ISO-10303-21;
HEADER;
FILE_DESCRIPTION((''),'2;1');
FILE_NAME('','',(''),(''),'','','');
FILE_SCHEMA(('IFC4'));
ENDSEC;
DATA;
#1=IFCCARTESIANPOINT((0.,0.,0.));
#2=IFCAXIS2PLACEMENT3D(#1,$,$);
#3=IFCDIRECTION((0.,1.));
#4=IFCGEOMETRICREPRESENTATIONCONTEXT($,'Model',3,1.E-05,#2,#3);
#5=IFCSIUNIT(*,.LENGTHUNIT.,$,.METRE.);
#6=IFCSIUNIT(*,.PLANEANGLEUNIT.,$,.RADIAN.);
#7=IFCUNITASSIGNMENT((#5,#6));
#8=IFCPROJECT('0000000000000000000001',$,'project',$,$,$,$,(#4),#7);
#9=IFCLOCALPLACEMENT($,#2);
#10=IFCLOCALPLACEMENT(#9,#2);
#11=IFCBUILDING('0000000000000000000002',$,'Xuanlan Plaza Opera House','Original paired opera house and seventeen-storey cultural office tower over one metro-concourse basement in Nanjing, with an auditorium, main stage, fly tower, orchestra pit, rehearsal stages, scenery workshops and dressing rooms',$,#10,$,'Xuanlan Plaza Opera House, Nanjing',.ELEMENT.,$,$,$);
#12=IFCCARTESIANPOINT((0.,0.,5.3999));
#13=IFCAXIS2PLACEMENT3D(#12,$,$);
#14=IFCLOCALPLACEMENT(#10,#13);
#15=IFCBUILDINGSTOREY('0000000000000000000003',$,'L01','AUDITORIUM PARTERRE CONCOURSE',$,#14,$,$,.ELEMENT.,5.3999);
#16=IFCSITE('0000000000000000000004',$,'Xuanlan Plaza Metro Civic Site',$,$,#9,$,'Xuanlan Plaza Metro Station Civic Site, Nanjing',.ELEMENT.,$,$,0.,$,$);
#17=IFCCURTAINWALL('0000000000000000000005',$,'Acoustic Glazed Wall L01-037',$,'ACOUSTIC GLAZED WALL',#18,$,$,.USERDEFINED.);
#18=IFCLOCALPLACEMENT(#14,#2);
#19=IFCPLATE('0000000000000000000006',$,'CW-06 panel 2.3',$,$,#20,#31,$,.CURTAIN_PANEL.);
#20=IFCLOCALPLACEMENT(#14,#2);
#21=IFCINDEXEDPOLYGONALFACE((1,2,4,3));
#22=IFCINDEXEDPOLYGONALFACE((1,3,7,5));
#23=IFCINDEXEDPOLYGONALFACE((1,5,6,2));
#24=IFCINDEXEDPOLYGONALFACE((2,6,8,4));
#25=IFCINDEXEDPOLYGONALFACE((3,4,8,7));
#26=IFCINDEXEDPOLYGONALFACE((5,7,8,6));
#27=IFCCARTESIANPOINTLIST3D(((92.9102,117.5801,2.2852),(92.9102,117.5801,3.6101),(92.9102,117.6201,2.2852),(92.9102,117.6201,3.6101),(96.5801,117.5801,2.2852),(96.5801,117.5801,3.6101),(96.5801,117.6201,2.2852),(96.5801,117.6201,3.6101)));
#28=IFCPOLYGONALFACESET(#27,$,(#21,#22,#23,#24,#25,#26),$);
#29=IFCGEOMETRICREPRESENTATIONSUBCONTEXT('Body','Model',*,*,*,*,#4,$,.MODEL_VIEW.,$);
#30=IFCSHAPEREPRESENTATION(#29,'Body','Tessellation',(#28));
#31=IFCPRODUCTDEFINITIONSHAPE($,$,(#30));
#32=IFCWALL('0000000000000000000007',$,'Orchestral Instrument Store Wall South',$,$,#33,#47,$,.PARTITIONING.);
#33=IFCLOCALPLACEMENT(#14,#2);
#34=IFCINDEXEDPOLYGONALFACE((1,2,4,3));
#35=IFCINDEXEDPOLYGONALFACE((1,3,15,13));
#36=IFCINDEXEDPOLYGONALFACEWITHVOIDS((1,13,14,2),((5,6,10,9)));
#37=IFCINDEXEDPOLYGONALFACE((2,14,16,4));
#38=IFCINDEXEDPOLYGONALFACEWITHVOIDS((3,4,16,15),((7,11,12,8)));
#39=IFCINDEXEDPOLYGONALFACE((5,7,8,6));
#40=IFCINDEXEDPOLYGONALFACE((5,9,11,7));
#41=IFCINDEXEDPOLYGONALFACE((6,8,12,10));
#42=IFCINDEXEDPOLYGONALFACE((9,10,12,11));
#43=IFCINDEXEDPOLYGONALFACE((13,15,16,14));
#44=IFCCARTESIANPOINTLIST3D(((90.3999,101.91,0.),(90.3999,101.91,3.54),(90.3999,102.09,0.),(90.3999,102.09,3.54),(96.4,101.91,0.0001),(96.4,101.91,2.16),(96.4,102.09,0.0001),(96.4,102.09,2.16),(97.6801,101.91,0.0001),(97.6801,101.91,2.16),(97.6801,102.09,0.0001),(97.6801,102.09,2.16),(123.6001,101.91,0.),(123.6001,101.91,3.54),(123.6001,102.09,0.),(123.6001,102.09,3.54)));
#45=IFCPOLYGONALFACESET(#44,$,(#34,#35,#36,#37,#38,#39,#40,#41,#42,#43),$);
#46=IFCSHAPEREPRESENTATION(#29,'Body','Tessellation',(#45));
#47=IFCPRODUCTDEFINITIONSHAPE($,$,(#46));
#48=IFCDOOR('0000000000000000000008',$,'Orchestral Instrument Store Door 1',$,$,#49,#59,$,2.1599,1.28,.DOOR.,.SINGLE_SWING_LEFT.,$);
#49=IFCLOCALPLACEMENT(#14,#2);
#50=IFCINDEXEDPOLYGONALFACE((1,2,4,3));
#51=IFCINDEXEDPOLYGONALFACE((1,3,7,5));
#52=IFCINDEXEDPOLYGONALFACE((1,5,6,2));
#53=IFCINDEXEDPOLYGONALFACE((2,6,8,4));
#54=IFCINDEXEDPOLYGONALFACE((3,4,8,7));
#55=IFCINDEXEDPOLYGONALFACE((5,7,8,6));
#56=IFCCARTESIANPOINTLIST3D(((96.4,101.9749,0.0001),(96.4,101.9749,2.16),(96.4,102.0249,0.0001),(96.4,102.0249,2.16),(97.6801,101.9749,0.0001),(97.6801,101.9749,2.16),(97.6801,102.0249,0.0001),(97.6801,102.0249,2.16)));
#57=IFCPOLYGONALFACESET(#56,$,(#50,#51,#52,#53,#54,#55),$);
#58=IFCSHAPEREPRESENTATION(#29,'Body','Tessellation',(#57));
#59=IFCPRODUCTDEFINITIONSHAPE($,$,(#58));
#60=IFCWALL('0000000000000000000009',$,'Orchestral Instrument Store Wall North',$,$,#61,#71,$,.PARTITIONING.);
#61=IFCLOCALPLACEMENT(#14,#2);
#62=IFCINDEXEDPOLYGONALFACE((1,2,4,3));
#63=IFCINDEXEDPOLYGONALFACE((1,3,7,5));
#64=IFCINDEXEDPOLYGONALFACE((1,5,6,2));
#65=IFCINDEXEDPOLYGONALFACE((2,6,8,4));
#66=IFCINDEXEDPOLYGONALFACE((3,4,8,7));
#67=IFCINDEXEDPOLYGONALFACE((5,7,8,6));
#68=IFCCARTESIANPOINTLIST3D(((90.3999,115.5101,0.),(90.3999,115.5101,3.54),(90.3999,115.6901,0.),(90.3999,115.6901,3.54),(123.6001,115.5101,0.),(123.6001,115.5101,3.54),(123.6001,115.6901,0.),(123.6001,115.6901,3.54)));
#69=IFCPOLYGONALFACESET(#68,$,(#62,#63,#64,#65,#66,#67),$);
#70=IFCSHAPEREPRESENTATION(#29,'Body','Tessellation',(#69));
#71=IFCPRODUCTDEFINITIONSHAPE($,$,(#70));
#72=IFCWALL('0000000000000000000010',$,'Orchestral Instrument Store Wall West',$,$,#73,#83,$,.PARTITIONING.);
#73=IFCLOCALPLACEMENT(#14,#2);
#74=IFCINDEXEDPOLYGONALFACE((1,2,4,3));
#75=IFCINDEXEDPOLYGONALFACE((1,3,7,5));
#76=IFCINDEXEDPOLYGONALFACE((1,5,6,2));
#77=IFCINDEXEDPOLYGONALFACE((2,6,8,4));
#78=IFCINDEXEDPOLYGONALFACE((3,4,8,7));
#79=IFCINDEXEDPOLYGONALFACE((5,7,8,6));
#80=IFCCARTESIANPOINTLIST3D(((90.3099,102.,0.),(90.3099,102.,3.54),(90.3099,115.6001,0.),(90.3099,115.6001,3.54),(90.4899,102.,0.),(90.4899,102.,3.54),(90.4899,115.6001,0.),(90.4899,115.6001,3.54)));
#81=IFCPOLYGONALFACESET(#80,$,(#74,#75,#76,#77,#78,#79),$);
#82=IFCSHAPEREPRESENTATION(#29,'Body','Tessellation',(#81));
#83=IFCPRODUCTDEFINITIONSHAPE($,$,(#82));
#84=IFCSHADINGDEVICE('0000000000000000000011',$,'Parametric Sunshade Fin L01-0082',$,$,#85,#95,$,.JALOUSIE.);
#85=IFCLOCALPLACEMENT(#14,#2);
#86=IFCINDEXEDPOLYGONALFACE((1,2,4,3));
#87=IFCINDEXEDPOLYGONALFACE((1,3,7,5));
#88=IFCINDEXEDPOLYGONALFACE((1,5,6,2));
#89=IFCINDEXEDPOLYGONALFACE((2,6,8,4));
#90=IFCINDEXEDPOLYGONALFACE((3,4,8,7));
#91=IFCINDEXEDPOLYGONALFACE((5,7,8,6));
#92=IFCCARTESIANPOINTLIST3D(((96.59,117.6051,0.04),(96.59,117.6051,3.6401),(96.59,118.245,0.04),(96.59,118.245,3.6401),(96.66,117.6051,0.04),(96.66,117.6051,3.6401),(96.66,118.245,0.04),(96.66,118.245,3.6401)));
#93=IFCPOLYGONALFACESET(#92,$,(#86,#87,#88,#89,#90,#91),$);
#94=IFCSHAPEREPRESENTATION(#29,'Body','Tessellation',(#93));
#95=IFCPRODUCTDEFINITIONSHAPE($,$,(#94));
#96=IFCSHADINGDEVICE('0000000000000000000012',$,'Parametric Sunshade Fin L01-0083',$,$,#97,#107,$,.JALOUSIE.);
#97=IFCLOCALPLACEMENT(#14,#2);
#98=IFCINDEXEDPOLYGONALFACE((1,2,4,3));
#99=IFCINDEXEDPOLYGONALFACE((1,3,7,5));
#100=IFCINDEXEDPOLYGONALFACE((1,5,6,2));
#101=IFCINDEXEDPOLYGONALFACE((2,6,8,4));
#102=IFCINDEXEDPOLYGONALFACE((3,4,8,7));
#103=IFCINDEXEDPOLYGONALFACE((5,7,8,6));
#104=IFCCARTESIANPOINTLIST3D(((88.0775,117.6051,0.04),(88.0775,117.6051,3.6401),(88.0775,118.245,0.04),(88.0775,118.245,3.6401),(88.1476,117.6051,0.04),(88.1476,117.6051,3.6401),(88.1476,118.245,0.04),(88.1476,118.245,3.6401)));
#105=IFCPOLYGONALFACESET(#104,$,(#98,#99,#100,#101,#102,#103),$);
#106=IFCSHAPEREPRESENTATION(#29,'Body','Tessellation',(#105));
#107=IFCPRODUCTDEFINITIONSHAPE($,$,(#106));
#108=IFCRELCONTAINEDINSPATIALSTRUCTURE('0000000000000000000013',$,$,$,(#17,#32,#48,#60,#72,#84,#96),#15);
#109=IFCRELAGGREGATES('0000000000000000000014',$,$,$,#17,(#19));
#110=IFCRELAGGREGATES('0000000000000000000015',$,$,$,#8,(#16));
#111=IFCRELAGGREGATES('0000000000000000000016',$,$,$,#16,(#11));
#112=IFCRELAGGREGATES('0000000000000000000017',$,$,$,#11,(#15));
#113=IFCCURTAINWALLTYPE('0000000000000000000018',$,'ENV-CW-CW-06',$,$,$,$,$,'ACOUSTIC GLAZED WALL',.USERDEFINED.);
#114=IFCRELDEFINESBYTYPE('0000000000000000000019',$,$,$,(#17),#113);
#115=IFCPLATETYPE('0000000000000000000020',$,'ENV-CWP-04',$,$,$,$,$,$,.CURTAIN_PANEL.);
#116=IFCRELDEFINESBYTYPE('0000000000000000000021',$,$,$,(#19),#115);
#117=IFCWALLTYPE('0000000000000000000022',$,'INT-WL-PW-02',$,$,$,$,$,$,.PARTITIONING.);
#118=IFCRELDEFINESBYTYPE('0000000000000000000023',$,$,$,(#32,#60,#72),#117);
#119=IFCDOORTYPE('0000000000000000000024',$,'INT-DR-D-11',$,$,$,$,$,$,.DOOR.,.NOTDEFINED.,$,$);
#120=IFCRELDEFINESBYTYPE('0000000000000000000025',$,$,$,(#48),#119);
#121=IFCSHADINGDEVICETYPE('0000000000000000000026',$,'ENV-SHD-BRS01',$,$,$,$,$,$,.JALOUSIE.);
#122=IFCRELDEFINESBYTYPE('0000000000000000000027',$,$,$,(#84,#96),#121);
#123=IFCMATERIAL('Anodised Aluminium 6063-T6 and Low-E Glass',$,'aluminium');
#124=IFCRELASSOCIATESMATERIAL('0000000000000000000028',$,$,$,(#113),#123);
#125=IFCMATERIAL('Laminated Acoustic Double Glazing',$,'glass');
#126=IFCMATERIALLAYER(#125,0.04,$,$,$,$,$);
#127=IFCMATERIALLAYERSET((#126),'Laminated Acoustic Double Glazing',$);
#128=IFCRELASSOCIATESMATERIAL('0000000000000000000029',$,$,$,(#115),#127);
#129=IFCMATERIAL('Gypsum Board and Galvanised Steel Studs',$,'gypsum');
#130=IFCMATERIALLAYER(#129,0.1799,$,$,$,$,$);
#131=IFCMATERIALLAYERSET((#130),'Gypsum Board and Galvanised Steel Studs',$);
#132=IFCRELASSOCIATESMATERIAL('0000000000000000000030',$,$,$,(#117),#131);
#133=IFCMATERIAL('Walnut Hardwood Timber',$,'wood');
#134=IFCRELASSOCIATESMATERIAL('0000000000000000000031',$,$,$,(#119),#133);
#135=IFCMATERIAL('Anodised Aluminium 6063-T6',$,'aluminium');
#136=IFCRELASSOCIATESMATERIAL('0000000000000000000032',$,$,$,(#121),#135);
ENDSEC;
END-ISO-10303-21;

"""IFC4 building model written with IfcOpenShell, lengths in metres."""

from ifc_helpers import new_model, si_unit, direction, frame, frame_2d, origin, origin_2d, place, context, subcontext, project, spatial, rectangle, extrude, material, layer, layer_set, type_object, element, fill, aggregate, save


model = new_model("IFC4")

# Units and contexts
model_context = context("Model", 3, precision=1e-05, world=origin(), true_north=direction((0.0, 1.0)))
body_context = subcontext(model_context, "Body", "Model", "MODEL_VIEW")
ifc_project = project(units=[si_unit("LENGTHUNIT", "METRE"), si_unit("PLANEANGLEUNIT", "RADIAN")], contexts=[model_context])

# Site, building, storey
site_placement = place(None, origin())
site = spatial("IfcSite", under=ifc_project, at=site_placement, Name="Xuanlan Plaza Metro Civic Site", LongName="Xuanlan Plaza Metro Station Civic Site, Nanjing", CompositionType="ELEMENT", RefElevation=0.0)
building_placement = place(site_placement, origin())
building = spatial("IfcBuilding", under=site, at=building_placement, Name="Xuanlan Plaza Opera House", Description="Original paired opera house and seventeen-storey cultural office tower over one metro-concourse basement in Nanjing, with an auditorium, main stage, fly tower, orchestra pit, rehearsal stages, scenery workshops and dressing rooms", LongName="Xuanlan Plaza Opera House, Nanjing", CompositionType="ELEMENT")
storey_placement = place(building_placement, frame((0.0, 0.0, 5.3999)))
storey = spatial("IfcBuildingStorey", under=building, at=storey_placement, Name="L01", Description="AUDITORIUM PARTERRE CONCOURSE", CompositionType="ELEMENT", Elevation=5.3999)

# Shared definitions
ifc_material_1 = material(Name="Anodised Aluminium 6063-T6 and Low-E Glass", Category="aluminium")
ifc_material_2 = material(Name="Anodised Aluminium 6063-T6", Category="aluminium")

# Curtain wall
curtain_wall_type_1 = type_object("IfcCurtainWallType", Name="ENV-CW-CW-06", ElementType="ACOUSTIC GLAZED WALL", PredefinedType="USERDEFINED", material=ifc_material_1)
curtain_wall_1_placement = place(storey_placement, origin())
curtain_wall_1 = element("IfcCurtainWall", 1, at=curtain_wall_1_placement, inside=storey, type_object=curtain_wall_type_1, Name="Acoustic Glazed Wall L01-037", ObjectType="ACOUSTIC GLAZED WALL", PredefinedType="USERDEFINED")

# Plate
ifc_material_3 = material(Name="Laminated Acoustic Double Glazing", Category="glass")
ifc_layer_1 = layer(ifc_material_3, 0.04)
ifc_layer_set_1 = layer_set([ifc_layer_1], Name="Laminated Acoustic Double Glazing")
plate_type_1 = type_object("IfcPlateType", Name="ENV-CWP-04", PredefinedType="CURTAIN_PANEL", material=ifc_layer_set_1)
plate_1_placement = place(storey_placement, frame((94.7451, 117.6001, 2.2852), z_axis=(0.0, 0.0, 1.0), x_axis=(-1.0, 0.0, 0.0)))
plate_1 = element("IfcPlate", 2, at=plate_1_placement, type_object=plate_type_1, Name="CW-06 panel 2.3", PredefinedType="CURTAIN_PANEL", context=body_context, shape_type="SweptSolid", body=[
    extrude(rectangle(XDim=3.6699, YDim=0.04, at=origin_2d()), origin(), (0.0, 0.0, 1.0), 1.325),
])
aggregate(curtain_wall_1, [plate_1])

# Wall, opening, door
ifc_material_4 = material(Name="Gypsum Board and Galvanised Steel Studs", Category="gypsum")
ifc_layer_2 = layer(ifc_material_4, 0.1799)
ifc_layer_set_2 = layer_set([ifc_layer_2], Name="Gypsum Board and Galvanised Steel Studs")
wall_type = type_object("IfcWallType", Name="INT-WL-PW-02", PredefinedType="PARTITIONING", material=ifc_layer_set_2)
wall_1_placement = place(storey_placement, frame((90.3999, 102.0, 0.0), z_axis=(0.0, 0.0, 1.0), x_axis=(1.0, 0.0, 0.0)))
wall_1 = element("IfcWall", 3, at=wall_1_placement, inside=storey, type_object=wall_type, Name="Orchestral Instrument Store Wall South", PredefinedType="PARTITIONING", context=body_context, shape_type="SweptSolid", body=[
    extrude(rectangle(XDim=33.2002, YDim=0.1799, at=frame_2d((16.6001, 0.0))), origin(), (0.0, 0.0, 1.0), 3.54),
])
opening_placement = place(wall_1_placement, frame((6.0, 0.0, 0.0)))
opening = element("IfcOpeningElement", 4, at=opening_placement, cuts=wall_1, PredefinedType="OPENING", context=body_context, shape_type="SweptSolid", body=[
    extrude(rectangle(XDim=1.28, YDim=2.1599, at=frame_2d((0.6401, 1.0801))), frame((0.0, 0.0999, 0.0), z_axis=(0.0, -1.0, 0.0), x_axis=(1.0, 0.0, 0.0)), (0.0, 0.0, 1.0), 0.2),
])
ifc_material_5 = material(Name="Walnut Hardwood Timber", Category="wood")
door_type = type_object("IfcDoorType", Name="INT-DR-D-11", OperationType="NOTDEFINED", PredefinedType="DOOR", material=ifc_material_5)
door_placement = place(opening_placement, origin())
door = element("IfcDoor", 5, at=door_placement, inside=storey, type_object=door_type, Name="Orchestral Instrument Store Door 1", OperationType="SINGLE_SWING_LEFT", OverallHeight=2.1599, OverallWidth=1.28, PredefinedType="DOOR", context=body_context, shape_type="SweptSolid", body=[
    extrude(rectangle(XDim=1.28, YDim=2.1599, at=frame_2d((0.6401, 1.0801))), frame((0.0, 0.0249, 0.0), z_axis=(0.0, -1.0, 0.0), x_axis=(1.0, 0.0, 0.0)), (0.0, 0.0, 1.0), 0.05),
])
fill(opening, door)

# Walls
wall_2_placement = place(storey_placement, frame((90.3999, 115.6001, 0.0), z_axis=(0.0, 0.0, 1.0), x_axis=(1.0, 0.0, 0.0)))
element("IfcWall", 6, at=wall_2_placement, inside=storey, type_object=wall_type, Name="Orchestral Instrument Store Wall North", PredefinedType="PARTITIONING", context=body_context, shape_type="SweptSolid", body=[
    extrude(rectangle(XDim=33.2002, YDim=0.1799, at=frame_2d((16.6001, 0.0))), origin(), (0.0, 0.0, 1.0), 3.54),
])
wall_3_placement = place(storey_placement, frame((90.3999, 102.0, 0.0), z_axis=(0.0, 0.0, 1.0), x_axis=(0.0, 1.0, 0.0)))
element("IfcWall", 7, at=wall_3_placement, inside=storey, type_object=wall_type, Name="Orchestral Instrument Store Wall West", PredefinedType="PARTITIONING", context=body_context, shape_type="SweptSolid", body=[
    extrude(rectangle(XDim=13.6001, YDim=0.1799, at=frame_2d((6.8, 0.0))), origin(), (0.0, 0.0, 1.0), 3.54),
])

# Shading devices
shading_device_type = type_object("IfcShadingDeviceType", Name="ENV-SHD-BRS01", PredefinedType="JALOUSIE", material=ifc_material_2)
for number, where, z_axis, x_axis, name in (
    (8, (96.625, 117.925, 0.04), (0.0, 0.0, 1.0), (0.0, 1.0, 0.0), "Parametric Sunshade Fin L01-0082"),
    (9, (88.1125, 117.925, 0.04), (0.0, 0.0, 1.0), (0.0, 1.0, 0.0), "Parametric Sunshade Fin L01-0083"),
):
    element("IfcShadingDevice", number, at=place(storey_placement, frame(where, z_axis=z_axis, x_axis=x_axis)), inside=storey, type_object=shading_device_type, Name=name, PredefinedType="JALOUSIE", context=body_context, shape_type="SweptSolid", body=[
        extrude(rectangle(XDim=0.6399, YDim=0.0701, at=origin_2d()), origin(), (0.0, 0.0, 1.0), 3.6001),
    ])

save(model, "model.ifc")
